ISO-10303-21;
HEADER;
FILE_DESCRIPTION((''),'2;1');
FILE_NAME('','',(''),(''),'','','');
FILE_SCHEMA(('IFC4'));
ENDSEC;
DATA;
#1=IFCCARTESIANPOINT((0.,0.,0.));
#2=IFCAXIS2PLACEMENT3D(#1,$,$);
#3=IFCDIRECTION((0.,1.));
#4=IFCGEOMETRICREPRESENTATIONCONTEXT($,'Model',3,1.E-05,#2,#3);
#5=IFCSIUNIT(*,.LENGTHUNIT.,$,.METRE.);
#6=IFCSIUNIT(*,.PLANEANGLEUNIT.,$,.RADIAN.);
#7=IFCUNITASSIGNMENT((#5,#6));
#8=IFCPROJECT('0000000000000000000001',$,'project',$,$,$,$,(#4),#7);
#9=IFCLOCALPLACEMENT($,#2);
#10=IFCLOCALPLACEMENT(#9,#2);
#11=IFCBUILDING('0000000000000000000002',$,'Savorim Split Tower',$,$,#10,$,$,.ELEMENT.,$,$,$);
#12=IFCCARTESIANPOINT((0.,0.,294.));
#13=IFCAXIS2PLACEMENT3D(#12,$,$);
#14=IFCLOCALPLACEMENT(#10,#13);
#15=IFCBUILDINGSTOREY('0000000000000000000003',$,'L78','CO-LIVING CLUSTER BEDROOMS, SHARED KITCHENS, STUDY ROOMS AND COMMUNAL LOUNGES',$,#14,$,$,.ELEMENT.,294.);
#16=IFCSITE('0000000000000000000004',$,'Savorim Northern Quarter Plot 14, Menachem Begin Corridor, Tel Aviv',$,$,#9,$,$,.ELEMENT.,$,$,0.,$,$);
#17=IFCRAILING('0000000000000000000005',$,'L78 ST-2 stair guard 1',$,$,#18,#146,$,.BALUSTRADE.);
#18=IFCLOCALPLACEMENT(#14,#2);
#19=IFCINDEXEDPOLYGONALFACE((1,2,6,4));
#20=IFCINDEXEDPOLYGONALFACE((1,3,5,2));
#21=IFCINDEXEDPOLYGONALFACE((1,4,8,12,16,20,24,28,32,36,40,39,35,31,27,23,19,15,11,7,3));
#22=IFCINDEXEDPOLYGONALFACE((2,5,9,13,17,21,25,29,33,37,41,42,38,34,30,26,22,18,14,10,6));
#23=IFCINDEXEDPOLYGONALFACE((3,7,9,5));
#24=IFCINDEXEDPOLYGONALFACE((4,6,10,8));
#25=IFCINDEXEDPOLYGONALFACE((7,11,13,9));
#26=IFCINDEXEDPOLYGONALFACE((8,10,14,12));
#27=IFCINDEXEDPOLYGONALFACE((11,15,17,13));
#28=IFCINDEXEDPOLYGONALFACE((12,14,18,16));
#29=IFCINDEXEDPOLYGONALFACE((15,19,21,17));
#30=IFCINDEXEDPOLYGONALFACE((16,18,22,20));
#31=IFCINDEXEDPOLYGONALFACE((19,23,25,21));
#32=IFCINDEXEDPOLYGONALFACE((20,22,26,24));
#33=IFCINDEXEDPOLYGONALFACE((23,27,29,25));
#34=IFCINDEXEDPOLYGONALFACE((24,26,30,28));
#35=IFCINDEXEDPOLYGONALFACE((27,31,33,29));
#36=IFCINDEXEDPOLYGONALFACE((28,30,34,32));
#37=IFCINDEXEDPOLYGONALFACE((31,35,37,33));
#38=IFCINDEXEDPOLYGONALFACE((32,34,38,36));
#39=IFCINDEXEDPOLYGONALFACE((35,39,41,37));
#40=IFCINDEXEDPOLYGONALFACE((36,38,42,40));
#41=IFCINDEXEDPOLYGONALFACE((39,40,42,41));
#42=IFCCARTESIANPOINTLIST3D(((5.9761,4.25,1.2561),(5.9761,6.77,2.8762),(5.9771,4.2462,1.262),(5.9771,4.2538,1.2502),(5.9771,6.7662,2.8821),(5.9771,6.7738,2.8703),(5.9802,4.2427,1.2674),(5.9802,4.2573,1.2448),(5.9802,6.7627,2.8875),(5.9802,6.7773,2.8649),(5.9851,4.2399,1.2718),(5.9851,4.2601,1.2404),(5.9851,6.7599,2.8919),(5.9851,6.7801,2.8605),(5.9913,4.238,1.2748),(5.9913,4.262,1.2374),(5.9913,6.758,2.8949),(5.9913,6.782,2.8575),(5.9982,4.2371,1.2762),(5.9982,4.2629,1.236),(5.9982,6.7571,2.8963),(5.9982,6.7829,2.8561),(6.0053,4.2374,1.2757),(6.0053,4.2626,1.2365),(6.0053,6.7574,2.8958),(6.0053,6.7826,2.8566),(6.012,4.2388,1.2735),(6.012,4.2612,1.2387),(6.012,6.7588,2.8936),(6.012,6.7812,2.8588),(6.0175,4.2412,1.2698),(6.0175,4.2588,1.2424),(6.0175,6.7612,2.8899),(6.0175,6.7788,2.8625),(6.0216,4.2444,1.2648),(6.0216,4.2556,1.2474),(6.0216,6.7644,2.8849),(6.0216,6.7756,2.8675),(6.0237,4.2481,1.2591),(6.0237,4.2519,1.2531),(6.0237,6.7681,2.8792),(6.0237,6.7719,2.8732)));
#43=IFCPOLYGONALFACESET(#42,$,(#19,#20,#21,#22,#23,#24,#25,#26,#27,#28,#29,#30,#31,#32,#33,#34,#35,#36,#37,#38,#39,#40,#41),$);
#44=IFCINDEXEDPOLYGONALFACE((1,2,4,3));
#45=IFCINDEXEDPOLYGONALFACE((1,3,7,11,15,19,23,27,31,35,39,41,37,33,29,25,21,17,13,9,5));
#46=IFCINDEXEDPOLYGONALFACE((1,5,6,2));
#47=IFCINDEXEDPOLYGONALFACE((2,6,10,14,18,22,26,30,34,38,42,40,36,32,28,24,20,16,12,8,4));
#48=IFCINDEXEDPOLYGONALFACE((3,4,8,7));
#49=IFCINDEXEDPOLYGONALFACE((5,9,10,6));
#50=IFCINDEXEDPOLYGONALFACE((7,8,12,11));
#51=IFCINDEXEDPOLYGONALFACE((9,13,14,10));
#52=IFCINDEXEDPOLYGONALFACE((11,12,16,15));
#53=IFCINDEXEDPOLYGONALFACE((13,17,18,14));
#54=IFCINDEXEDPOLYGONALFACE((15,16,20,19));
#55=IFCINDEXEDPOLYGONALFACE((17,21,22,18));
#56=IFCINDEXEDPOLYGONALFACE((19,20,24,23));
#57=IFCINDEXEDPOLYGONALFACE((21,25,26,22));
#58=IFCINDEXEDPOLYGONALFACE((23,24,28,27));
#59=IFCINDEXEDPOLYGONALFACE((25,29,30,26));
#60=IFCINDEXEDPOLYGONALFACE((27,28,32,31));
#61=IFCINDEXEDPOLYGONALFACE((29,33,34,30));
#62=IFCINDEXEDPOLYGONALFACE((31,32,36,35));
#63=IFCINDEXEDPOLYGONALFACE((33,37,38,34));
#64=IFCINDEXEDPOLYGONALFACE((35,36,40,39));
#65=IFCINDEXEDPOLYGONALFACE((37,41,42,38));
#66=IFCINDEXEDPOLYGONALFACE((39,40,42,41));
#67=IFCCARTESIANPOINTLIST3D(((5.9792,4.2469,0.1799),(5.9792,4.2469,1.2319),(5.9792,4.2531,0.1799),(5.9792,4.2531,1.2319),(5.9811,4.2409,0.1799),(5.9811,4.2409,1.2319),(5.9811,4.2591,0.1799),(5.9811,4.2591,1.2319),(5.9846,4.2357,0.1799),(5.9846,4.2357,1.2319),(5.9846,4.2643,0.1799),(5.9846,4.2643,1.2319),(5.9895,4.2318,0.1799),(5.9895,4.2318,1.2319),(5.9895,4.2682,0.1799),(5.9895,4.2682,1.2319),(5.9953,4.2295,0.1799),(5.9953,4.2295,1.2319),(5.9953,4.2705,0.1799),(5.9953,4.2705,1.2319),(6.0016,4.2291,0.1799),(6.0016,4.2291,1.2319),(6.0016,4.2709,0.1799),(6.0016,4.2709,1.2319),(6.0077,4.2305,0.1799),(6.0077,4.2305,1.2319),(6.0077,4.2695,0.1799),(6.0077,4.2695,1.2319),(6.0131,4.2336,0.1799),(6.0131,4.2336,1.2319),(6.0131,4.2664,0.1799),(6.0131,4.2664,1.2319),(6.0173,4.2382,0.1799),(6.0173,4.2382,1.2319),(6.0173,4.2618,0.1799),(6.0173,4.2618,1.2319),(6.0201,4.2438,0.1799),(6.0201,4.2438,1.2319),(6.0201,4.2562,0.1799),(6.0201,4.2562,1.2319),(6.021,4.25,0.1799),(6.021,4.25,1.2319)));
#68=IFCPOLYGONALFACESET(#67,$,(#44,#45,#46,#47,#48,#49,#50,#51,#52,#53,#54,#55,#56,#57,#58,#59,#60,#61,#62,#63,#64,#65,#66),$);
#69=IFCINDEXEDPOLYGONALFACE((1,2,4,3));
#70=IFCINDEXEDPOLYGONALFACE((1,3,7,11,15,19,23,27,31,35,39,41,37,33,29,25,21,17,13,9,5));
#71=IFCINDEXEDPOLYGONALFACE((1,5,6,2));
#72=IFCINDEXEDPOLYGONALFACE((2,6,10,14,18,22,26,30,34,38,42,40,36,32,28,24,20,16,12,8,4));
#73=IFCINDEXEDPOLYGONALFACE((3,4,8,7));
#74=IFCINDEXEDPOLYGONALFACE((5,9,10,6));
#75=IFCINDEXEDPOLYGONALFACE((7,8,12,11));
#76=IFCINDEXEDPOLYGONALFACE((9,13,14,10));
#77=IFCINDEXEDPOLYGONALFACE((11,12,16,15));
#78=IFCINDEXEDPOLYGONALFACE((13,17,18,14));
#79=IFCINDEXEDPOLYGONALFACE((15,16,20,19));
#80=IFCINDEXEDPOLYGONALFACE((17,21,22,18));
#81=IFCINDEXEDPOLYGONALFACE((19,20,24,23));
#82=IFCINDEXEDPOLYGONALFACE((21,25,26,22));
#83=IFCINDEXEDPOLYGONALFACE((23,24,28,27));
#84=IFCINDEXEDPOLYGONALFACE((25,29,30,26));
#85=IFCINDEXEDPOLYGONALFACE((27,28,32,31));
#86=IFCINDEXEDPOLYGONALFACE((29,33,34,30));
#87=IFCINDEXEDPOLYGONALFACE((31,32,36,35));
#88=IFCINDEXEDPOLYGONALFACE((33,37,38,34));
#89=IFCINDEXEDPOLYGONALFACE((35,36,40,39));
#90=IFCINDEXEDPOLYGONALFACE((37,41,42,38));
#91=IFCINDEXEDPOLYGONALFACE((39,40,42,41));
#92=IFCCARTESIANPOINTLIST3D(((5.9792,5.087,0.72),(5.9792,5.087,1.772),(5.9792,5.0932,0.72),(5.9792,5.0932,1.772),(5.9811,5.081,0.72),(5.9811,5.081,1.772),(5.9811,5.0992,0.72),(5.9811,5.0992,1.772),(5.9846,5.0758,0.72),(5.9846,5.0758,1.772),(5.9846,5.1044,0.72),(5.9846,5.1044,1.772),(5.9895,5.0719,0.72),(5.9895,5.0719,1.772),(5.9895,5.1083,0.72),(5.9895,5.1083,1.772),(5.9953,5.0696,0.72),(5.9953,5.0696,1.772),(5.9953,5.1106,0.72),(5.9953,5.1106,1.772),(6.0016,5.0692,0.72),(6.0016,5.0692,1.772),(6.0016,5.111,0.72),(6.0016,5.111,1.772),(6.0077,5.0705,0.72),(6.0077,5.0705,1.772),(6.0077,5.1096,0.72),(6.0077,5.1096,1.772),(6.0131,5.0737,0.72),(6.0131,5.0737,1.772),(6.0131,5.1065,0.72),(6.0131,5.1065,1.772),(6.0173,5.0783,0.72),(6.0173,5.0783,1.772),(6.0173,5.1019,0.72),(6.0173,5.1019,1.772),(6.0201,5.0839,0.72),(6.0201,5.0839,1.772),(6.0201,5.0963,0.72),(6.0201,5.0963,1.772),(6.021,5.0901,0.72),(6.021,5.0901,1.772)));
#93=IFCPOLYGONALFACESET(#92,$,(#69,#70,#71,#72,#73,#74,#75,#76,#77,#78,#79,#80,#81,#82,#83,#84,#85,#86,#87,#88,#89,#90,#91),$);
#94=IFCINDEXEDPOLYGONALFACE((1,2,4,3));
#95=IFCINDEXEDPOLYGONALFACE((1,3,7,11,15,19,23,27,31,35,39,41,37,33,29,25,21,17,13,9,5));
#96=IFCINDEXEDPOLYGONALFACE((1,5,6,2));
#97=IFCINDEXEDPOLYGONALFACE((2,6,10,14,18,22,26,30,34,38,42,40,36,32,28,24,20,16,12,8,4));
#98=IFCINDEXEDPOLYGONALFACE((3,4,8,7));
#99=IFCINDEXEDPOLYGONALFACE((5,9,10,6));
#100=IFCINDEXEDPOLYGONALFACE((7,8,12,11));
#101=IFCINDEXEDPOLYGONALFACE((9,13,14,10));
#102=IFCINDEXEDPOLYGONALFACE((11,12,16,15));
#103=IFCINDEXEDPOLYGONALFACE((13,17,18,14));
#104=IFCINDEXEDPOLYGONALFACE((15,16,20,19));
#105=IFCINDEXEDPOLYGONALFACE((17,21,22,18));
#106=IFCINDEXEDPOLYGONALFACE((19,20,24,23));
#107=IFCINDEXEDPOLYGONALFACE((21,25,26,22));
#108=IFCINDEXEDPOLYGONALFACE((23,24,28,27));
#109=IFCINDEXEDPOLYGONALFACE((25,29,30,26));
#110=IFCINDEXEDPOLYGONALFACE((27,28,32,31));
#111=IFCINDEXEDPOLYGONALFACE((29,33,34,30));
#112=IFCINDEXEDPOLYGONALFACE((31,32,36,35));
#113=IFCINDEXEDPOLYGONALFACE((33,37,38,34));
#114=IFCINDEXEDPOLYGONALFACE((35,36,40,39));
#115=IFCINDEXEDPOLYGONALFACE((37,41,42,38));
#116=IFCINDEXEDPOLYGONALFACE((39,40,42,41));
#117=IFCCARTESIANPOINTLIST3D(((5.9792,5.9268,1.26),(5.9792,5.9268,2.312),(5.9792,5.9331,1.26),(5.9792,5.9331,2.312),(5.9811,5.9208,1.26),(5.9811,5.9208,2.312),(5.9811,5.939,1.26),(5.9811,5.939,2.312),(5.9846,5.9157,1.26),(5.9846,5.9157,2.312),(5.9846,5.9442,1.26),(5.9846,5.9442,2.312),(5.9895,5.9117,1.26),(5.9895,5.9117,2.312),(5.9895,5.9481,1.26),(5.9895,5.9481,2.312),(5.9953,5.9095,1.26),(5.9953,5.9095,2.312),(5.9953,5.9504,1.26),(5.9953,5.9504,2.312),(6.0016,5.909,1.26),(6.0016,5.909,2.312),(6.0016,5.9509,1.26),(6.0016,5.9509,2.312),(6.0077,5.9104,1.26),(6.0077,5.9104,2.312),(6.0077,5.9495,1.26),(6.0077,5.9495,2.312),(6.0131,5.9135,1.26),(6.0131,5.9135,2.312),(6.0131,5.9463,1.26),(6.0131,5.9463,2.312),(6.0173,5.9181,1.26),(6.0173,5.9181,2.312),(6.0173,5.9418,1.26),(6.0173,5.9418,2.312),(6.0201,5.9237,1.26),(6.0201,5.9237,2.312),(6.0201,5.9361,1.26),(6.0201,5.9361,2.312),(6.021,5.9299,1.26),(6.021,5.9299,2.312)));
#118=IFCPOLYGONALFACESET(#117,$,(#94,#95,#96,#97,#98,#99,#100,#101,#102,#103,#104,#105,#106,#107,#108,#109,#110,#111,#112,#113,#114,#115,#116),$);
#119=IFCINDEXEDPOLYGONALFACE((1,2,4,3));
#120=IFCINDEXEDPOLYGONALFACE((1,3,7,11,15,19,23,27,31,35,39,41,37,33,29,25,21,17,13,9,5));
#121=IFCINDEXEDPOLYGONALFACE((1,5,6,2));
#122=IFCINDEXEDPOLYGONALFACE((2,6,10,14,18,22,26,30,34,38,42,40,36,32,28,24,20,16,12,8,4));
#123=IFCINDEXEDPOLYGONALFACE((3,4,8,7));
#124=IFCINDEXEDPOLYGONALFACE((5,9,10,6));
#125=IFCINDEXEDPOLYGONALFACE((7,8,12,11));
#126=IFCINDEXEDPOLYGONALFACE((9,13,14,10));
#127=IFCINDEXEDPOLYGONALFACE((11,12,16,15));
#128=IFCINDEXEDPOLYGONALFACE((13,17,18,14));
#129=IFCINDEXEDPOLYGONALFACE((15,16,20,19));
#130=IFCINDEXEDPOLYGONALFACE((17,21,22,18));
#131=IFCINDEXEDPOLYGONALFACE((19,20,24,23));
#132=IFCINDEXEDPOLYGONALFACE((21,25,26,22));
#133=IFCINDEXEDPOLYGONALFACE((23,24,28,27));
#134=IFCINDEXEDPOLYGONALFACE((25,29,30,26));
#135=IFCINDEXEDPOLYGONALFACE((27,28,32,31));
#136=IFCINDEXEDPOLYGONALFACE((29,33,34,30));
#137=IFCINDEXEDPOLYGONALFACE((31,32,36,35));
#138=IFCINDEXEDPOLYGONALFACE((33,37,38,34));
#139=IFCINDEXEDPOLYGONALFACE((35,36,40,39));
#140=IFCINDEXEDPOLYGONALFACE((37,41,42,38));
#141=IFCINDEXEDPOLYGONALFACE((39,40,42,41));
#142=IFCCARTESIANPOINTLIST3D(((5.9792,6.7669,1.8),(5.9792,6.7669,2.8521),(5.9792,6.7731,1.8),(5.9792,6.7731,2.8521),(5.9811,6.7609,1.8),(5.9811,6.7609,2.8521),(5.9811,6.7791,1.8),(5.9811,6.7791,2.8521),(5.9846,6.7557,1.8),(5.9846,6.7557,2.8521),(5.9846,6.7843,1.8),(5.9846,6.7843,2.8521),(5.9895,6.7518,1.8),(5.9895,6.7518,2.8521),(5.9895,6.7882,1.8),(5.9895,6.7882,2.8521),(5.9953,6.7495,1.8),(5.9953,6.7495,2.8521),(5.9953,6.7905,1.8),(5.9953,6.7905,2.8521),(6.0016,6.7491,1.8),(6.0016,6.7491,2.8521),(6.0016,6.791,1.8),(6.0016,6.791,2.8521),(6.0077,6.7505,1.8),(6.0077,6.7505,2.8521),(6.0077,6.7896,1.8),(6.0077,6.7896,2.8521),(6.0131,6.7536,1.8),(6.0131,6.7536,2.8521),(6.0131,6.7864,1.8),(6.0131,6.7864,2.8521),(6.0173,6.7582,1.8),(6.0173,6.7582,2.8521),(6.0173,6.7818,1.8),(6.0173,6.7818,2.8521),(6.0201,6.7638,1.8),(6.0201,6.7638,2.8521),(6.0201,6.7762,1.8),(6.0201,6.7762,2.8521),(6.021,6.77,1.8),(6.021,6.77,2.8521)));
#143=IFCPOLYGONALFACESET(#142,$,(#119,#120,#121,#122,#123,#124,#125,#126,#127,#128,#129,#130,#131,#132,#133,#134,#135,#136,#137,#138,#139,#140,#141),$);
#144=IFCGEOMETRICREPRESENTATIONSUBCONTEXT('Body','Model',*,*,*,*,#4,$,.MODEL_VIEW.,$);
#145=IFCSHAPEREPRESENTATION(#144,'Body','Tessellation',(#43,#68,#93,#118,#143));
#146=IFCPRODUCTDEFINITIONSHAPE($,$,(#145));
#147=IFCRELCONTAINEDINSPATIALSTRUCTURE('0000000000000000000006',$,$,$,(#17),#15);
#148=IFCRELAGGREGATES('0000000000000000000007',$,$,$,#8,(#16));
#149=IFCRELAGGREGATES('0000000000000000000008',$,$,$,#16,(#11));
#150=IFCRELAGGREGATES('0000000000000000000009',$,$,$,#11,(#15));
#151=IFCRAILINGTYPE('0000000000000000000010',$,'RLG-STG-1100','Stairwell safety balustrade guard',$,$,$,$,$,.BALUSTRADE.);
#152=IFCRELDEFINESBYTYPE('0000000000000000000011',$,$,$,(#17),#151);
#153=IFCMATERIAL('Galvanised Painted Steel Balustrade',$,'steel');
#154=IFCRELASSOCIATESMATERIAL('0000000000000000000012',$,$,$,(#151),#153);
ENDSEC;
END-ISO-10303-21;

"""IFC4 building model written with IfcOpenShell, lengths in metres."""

from ifc_helpers import new_model, si_unit, direction, frame, origin, origin_2d, place, context, subcontext, project, spatial, circle, extrude, material, type_object, element, save


model = new_model("IFC4")

# Units and contexts
model_context = context("Model", 3, precision=1e-05, world=origin(), true_north=direction((0.0, 1.0)))
body_context = subcontext(model_context, "Body", "Model", "MODEL_VIEW")
ifc_project = project(units=[si_unit("LENGTHUNIT", "METRE"), si_unit("PLANEANGLEUNIT", "RADIAN")], contexts=[model_context])

# Site, building, storey
site_placement = place(None, origin())
site = spatial("IfcSite", under=ifc_project, at=site_placement, Name="Savorim Northern Quarter Plot 14, Menachem Begin Corridor, Tel Aviv", CompositionType="ELEMENT", RefElevation=0.0)
building_placement = place(site_placement, origin())
building = spatial("IfcBuilding", under=site, at=building_placement, Name="Savorim Split Tower", CompositionType="ELEMENT")
storey_placement = place(building_placement, frame((0.0, 0.0, 294.0)))
storey = spatial("IfcBuildingStorey", under=building, at=storey_placement, Name="L78", Description="CO-LIVING CLUSTER BEDROOMS, SHARED KITCHENS, STUDY ROOMS AND COMMUNAL LOUNGES", CompositionType="ELEMENT", Elevation=294.0)

# Railing
ifc_material_1 = material(Name="Galvanised Painted Steel Balustrade", Category="steel")
railing_type_1 = type_object("IfcRailingType", Name="RLG-STG-1100", Description="Stairwell safety balustrade guard", PredefinedType="BALUSTRADE", material=ifc_material_1)
railing_1_placement = place(storey_placement, frame((6.0, 4.25, 0.1799)))
element("IfcRailing", 1, at=railing_1_placement, inside=storey, type_object=railing_type_1, Name="L78 ST-2 stair guard 1", PredefinedType="BALUSTRADE", context=body_context, shape_type="SweptSolid", body=[
    extrude(circle(Radius=0.0239, at=origin_2d()), frame((0.0, 0.0, 1.0762), z_axis=(0.0, 0.841163, 0.540782), x_axis=(-1.0, 0.0, 0.0)), (0.0, 0.0, 1.0), 2.9958),
    extrude(circle(Radius=0.021, at=origin_2d()), origin(), (0.0, 0.0, 1.0), 1.052),
    extrude(circle(Radius=0.021, at=origin_2d()), frame((0.0, 0.8401, 0.54)), (0.0, 0.0, 1.0), 1.052),
    extrude(circle(Radius=0.021, at=origin_2d()), frame((0.0, 1.6799, 1.0801)), (0.0, 0.0, 1.0), 1.052),
    extrude(circle(Radius=0.021, at=origin_2d()), frame((0.0, 2.52, 1.6201)), (0.0, 0.0, 1.0), 1.052),
])

save(model, "model.ifc")
